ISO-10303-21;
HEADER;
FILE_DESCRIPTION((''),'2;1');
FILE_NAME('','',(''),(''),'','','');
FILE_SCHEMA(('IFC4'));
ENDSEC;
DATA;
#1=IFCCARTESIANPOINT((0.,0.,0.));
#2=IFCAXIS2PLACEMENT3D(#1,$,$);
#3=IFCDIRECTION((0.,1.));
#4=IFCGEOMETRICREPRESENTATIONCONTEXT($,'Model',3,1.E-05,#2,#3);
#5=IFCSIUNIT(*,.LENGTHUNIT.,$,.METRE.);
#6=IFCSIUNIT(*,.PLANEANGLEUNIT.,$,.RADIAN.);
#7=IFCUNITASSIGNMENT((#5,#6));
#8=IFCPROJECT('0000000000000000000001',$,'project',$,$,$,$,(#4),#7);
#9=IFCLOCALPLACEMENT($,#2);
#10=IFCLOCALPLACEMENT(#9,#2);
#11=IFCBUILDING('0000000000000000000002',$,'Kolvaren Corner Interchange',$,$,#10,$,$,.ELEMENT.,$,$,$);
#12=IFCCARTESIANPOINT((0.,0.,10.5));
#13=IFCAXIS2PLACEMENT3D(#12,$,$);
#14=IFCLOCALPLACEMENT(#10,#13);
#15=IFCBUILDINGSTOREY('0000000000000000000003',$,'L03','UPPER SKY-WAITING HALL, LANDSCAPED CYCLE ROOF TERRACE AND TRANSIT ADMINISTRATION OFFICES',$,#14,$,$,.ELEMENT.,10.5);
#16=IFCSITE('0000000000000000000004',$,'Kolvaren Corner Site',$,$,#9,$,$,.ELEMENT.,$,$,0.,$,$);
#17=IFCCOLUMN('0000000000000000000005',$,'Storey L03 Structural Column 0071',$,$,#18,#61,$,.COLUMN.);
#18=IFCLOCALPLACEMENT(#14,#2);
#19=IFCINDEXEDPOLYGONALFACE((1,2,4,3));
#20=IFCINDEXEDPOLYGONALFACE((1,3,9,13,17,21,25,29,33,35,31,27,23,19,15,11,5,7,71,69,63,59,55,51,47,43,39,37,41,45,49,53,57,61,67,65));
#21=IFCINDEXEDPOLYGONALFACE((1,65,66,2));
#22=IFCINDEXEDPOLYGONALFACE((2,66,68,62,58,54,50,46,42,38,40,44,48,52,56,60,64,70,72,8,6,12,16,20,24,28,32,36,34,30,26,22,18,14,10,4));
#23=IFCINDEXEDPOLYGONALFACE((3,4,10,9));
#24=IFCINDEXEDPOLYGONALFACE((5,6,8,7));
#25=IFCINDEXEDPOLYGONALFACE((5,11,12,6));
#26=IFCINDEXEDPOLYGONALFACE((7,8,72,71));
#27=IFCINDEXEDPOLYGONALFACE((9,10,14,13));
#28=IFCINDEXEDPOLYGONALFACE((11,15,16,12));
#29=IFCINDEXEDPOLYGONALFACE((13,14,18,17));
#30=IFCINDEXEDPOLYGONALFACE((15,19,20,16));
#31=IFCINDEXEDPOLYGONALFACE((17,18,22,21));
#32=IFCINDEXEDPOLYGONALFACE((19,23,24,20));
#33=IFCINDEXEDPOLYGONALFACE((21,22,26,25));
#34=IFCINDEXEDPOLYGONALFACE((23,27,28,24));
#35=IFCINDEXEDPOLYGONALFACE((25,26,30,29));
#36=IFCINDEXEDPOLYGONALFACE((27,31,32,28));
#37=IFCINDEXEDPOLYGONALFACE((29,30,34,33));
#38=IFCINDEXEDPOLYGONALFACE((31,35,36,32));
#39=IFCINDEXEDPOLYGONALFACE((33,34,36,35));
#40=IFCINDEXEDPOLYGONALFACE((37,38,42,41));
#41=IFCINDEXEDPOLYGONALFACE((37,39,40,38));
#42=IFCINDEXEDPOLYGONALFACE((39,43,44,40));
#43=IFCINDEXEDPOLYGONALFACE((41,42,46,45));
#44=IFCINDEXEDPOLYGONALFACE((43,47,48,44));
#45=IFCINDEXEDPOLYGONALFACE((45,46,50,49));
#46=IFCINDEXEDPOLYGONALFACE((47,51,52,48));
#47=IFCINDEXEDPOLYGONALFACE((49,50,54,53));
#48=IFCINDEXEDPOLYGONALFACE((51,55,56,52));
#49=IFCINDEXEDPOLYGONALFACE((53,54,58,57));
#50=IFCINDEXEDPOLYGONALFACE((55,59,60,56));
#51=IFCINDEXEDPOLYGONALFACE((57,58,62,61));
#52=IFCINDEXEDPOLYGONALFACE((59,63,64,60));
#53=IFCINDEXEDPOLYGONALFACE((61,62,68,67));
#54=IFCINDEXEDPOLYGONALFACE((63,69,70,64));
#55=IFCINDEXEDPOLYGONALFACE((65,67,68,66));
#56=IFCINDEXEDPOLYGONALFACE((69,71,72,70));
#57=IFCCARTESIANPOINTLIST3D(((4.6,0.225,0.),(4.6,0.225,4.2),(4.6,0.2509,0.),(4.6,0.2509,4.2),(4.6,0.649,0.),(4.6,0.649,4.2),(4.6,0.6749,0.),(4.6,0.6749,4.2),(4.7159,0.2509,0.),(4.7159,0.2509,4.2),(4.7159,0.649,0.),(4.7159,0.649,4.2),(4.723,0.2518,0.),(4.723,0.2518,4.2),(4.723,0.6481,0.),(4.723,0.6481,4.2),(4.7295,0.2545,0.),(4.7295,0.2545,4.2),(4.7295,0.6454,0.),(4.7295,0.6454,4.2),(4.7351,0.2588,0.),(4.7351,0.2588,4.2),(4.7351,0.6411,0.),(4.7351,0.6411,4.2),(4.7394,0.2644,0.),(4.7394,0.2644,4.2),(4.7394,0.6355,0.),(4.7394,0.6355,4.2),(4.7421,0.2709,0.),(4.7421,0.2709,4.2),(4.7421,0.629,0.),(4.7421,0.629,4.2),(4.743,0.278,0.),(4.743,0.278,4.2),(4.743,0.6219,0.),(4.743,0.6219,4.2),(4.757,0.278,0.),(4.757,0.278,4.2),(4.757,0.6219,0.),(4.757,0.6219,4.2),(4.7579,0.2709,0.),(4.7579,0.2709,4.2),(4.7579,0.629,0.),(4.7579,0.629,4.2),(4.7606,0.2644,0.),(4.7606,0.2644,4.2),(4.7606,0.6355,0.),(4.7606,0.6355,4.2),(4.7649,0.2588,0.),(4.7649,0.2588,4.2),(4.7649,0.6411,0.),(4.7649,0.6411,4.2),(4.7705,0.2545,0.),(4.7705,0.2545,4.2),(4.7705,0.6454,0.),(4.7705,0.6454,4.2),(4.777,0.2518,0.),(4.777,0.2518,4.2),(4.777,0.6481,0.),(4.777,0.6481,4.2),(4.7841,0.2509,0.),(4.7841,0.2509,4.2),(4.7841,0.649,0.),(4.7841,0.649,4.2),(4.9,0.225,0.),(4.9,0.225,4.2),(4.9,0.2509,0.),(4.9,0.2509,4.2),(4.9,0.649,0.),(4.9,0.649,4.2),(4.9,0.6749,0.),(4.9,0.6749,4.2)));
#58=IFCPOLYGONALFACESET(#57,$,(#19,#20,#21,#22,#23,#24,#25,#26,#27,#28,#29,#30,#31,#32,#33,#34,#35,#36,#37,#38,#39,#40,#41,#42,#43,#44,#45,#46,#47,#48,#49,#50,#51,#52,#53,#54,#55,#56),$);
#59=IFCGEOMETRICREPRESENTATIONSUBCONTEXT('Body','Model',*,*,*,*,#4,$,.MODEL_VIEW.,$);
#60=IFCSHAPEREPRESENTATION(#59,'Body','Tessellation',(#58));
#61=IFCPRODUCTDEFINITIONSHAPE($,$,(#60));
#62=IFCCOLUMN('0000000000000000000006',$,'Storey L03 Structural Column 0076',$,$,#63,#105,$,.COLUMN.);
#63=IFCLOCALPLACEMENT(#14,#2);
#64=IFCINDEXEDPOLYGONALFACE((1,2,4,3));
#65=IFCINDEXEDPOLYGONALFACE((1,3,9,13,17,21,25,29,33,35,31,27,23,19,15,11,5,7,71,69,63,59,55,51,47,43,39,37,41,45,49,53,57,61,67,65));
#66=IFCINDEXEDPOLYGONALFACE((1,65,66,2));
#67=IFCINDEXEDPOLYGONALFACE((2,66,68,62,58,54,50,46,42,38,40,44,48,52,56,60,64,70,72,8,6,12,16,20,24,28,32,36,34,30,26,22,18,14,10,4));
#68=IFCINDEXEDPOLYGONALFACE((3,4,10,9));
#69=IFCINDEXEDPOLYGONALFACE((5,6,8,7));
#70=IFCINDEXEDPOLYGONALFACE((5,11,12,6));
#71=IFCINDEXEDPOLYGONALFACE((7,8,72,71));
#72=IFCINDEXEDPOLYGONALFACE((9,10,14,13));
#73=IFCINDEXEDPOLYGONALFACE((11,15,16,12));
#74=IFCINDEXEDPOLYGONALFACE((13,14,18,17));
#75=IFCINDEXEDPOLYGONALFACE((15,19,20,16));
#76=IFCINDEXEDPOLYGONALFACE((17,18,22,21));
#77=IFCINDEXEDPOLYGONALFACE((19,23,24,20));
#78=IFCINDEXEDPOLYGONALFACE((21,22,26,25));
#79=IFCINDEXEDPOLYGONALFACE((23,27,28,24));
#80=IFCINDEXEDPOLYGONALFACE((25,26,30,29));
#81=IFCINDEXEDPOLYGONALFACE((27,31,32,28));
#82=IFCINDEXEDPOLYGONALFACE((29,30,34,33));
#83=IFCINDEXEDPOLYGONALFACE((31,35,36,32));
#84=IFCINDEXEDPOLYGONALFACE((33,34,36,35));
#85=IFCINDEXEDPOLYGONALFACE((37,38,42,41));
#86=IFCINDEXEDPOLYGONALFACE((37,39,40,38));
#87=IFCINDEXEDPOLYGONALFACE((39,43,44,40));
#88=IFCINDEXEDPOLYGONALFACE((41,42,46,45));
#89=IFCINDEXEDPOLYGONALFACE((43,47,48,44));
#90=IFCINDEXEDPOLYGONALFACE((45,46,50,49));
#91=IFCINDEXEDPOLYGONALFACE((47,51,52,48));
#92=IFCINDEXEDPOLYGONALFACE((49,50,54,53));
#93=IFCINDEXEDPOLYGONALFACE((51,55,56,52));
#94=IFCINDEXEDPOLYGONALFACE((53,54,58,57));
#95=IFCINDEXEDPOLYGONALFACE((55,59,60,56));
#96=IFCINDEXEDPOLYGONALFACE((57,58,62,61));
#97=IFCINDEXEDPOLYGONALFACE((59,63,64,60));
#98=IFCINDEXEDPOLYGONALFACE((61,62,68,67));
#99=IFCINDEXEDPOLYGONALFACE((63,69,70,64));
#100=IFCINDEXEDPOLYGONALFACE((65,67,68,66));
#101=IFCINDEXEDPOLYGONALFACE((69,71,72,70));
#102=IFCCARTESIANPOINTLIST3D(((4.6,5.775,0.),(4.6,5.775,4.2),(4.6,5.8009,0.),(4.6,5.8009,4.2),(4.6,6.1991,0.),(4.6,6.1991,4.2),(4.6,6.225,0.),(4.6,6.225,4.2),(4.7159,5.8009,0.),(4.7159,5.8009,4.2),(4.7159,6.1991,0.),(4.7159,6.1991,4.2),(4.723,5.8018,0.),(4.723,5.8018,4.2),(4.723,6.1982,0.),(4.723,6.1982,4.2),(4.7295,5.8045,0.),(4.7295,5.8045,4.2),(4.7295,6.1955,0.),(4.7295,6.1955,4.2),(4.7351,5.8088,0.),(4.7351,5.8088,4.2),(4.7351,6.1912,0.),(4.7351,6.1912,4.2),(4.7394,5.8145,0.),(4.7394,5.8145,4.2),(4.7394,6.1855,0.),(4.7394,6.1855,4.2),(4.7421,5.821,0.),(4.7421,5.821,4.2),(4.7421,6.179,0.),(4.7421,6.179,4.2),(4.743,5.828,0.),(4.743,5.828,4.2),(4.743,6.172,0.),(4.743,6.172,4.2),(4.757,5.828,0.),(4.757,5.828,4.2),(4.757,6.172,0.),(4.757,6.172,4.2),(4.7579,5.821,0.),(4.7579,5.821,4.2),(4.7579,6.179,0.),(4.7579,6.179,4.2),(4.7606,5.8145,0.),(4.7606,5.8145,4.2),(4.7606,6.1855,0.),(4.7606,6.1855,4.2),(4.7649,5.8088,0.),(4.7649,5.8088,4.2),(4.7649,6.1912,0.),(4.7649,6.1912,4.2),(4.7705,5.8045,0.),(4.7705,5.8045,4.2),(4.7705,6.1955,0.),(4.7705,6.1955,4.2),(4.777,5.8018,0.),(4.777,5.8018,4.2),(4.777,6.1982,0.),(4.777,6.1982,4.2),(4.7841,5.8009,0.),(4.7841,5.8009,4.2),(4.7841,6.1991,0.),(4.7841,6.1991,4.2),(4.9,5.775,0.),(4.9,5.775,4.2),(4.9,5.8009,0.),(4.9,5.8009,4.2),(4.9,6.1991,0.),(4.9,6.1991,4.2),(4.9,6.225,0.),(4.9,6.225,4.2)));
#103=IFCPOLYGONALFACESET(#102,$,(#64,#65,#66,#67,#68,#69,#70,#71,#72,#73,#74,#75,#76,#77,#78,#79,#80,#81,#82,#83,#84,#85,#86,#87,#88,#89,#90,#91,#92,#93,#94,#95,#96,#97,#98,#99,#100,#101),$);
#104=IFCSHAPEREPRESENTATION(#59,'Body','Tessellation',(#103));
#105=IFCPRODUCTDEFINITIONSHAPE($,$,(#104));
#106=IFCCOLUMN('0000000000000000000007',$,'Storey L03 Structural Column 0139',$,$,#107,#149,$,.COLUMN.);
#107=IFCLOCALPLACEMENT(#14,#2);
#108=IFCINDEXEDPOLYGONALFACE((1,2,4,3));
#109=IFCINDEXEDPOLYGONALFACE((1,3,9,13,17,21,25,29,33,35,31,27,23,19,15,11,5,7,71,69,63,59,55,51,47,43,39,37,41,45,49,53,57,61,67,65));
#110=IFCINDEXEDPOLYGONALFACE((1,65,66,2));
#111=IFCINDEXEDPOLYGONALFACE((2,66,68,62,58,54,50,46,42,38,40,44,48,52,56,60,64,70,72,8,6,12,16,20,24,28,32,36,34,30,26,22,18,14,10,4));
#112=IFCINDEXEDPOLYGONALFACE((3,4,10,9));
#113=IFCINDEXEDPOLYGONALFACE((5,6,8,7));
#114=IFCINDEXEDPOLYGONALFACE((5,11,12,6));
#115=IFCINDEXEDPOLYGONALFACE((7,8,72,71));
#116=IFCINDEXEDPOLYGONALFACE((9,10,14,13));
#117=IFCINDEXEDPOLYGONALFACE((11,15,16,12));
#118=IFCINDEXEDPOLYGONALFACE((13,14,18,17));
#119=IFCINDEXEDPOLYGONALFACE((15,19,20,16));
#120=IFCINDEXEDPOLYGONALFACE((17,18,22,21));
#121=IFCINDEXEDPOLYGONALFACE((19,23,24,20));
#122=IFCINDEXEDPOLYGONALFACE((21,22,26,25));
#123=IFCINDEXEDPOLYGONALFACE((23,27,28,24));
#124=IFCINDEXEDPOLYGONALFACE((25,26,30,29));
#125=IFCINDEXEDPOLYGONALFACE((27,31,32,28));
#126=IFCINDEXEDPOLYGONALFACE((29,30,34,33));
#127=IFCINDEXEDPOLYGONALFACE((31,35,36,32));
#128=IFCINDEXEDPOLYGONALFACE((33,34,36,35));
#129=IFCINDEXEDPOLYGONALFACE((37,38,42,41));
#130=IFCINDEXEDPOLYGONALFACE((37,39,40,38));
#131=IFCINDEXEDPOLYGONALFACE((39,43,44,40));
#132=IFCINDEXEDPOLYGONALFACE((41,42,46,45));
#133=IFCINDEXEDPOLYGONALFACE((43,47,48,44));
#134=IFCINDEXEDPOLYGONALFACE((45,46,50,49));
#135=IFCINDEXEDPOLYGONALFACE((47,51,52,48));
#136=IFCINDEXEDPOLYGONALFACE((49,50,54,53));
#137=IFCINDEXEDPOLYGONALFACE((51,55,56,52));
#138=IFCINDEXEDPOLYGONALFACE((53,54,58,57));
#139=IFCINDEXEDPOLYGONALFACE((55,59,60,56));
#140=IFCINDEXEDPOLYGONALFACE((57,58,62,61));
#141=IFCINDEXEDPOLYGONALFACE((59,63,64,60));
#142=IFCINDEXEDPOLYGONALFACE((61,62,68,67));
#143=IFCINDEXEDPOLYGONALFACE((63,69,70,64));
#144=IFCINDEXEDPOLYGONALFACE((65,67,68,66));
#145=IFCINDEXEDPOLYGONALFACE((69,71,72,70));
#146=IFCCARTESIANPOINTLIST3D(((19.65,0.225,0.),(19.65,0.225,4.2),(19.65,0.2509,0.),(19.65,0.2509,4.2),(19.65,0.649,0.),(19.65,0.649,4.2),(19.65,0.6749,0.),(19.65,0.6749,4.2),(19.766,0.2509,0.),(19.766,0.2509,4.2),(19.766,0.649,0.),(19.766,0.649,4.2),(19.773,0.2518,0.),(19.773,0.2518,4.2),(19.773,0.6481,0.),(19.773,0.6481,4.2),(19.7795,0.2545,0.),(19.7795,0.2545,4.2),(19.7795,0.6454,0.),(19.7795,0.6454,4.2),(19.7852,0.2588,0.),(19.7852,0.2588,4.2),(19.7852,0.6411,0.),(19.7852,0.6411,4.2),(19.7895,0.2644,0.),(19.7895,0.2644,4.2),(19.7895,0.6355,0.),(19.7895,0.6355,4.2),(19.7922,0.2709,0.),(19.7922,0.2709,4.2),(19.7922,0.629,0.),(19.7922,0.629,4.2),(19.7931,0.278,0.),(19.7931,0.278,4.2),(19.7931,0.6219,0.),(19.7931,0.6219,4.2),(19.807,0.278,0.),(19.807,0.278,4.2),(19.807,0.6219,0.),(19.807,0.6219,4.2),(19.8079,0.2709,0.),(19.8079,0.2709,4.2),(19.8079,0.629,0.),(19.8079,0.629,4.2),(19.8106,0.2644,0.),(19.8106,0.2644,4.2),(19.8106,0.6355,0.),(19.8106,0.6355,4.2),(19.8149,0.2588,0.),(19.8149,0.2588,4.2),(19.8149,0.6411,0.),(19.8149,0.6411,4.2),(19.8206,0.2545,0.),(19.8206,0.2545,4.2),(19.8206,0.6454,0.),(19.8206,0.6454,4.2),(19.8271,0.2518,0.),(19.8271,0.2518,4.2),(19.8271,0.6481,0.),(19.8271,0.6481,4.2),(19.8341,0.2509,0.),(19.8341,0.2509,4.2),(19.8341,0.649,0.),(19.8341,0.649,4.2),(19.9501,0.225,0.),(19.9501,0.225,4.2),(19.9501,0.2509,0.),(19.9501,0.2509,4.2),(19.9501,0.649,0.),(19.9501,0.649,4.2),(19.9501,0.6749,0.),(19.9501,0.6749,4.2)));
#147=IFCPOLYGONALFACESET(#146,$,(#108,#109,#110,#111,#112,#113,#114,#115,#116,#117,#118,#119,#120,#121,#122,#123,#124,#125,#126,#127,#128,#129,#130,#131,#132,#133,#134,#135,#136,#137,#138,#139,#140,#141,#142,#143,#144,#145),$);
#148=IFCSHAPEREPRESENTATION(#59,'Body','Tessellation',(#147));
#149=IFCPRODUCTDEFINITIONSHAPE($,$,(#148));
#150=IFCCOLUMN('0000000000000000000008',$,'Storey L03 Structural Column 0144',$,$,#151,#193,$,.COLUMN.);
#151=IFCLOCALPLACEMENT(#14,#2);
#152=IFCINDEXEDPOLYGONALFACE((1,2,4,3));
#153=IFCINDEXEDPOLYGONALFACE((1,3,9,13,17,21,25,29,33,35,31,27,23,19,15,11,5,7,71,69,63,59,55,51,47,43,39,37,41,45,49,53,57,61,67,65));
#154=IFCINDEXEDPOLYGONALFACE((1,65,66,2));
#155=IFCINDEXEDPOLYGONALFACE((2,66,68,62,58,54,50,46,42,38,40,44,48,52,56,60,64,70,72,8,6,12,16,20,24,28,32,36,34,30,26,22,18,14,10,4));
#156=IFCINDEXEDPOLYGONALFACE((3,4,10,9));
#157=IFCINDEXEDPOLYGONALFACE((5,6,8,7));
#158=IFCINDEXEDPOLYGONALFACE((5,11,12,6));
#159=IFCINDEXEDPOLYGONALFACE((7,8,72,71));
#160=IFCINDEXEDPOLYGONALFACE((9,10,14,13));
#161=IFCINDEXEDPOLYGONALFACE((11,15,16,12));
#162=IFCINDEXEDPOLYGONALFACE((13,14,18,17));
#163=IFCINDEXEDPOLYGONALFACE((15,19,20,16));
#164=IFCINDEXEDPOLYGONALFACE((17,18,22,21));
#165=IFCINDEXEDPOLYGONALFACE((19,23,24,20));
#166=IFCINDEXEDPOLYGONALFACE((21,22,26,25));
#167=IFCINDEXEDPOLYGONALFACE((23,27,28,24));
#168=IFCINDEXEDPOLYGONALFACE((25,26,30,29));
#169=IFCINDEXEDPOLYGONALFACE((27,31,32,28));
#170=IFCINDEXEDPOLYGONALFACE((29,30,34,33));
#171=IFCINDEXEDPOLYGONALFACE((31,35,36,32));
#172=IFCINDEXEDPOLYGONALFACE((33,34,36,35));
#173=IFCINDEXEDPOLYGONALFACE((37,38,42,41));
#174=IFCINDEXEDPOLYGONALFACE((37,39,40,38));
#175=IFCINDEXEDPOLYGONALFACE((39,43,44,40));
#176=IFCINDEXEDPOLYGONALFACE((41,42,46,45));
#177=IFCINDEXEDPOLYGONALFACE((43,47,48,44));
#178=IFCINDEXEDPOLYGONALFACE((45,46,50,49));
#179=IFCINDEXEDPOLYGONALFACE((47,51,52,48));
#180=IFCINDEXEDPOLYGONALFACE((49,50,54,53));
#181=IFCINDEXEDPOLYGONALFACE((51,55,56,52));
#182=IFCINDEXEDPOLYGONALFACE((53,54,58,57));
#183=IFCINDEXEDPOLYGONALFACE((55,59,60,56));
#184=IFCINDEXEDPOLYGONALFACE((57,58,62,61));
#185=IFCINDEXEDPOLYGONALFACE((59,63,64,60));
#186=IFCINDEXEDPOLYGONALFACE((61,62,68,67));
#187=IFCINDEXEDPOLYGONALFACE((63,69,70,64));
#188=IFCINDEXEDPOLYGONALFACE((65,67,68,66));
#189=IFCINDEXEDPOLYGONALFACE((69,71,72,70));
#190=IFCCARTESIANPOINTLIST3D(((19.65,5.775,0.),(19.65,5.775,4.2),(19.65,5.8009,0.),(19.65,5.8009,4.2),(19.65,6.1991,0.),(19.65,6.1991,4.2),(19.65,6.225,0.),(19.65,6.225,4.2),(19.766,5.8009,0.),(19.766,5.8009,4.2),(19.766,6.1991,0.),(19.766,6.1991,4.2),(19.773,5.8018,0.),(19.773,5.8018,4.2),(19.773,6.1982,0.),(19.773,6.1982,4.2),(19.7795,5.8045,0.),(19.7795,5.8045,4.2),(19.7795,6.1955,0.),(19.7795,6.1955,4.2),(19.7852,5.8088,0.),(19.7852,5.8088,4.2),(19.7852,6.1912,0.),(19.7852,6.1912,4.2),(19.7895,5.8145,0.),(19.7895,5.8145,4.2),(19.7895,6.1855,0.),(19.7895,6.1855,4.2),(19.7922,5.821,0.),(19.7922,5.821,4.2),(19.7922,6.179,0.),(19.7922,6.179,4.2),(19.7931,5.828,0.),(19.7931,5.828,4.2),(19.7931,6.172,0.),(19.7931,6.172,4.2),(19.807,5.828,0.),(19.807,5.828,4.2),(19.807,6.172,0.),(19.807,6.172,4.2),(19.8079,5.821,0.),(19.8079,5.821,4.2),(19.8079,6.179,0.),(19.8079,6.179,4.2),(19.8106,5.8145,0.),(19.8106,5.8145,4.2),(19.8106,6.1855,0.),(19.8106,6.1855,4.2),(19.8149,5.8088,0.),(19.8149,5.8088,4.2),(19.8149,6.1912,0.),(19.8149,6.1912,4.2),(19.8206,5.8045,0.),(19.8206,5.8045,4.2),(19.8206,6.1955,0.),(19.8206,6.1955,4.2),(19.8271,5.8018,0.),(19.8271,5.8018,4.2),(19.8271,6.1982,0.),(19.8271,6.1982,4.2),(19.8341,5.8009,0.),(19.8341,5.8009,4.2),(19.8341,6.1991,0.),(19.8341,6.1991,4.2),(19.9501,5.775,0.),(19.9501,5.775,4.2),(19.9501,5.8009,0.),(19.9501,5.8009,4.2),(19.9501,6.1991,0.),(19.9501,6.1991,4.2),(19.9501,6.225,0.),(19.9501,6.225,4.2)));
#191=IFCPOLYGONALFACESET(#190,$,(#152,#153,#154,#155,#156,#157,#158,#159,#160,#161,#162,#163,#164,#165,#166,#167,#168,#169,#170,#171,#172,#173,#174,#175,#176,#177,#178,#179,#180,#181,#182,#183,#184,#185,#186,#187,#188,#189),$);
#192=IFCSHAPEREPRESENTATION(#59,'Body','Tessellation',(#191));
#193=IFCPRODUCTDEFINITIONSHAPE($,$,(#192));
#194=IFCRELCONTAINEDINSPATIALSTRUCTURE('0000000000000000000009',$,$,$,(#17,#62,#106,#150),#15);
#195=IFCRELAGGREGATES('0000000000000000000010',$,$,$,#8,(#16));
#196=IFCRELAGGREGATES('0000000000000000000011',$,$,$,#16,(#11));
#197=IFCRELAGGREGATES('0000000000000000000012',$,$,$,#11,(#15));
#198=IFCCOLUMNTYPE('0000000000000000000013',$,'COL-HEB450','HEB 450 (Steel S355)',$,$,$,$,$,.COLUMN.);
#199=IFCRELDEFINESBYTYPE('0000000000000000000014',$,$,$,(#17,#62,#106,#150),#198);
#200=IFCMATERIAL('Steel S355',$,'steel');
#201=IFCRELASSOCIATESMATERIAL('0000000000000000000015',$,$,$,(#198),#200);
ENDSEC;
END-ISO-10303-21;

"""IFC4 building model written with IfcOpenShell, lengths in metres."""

from ifc_helpers import new_model, si_unit, direction, frame, origin, origin_2d, place, context, subcontext, project, spatial, i_section, extrude, material, material_profile, profile_set, type_object, element, save


model = new_model("IFC4")

# Units and contexts
model_context = context("Model", 3, precision=1e-05, world=origin(), true_north=direction((0.0, 1.0)))
body_context = subcontext(model_context, "Body", "Model", "MODEL_VIEW")
ifc_project = project(units=[si_unit("LENGTHUNIT", "METRE"), si_unit("PLANEANGLEUNIT", "RADIAN")], contexts=[model_context])

# Site, building, storey
site_placement = place(None, origin())
site = spatial("IfcSite", under=ifc_project, at=site_placement, Name="Kolvaren Corner Site", CompositionType="ELEMENT", RefElevation=0.0)
building_placement = place(site_placement, origin())
building = spatial("IfcBuilding", under=site, at=building_placement, Name="Kolvaren Corner Interchange", CompositionType="ELEMENT")
storey_placement = place(building_placement, frame((0.0, 0.0, 10.5)))
storey = spatial("IfcBuildingStorey", under=building, at=storey_placement, Name="L03", Description="UPPER SKY-WAITING HALL, LANDSCAPED CYCLE ROOF TERRACE AND TRANSIT ADMINISTRATION OFFICES", CompositionType="ELEMENT", Elevation=10.5)

# Columns
ifc_material_1 = material(Name="Steel S355", Category="steel")
ifc_material_profile_1 = material_profile(ifc_material_1, i_section(OverallWidth=0.3, OverallDepth=0.45, WebThickness=0.0139, FlangeThickness=0.0259, FilletRadius=0.0271, at=origin_2d()), Name="HEB 450")
ifc_profile_set_1 = profile_set([ifc_material_profile_1], Name="Steel S355")
column_type = type_object("IfcColumnType", Name="COL-HEB450", Description="HEB 450 (Steel S355)", PredefinedType="COLUMN", material=ifc_profile_set_1)
for number, where, z_axis, x_axis, name in (
    (1, (4.75, 0.45, 0.0), (0.0, 0.0, 1.0), (1.0, 0.0, 0.0), "Storey L03 Structural Column 0071"),
    (2, (4.75, 6.0, 0.0), (0.0, 0.0, 1.0), (1.0, 0.0, 0.0), "Storey L03 Structural Column 0076"),
    (3, (19.8, 0.45, 0.0), (0.0, 0.0, 1.0), (1.0, 0.0, 0.0), "Storey L03 Structural Column 0139"),
    (4, (19.8, 6.0, 0.0), (0.0, 0.0, 1.0), (1.0, 0.0, 0.0), "Storey L03 Structural Column 0144"),
):
    element("IfcColumn", number, at=place(storey_placement, frame(where, z_axis=z_axis, x_axis=x_axis)), inside=storey, type_object=column_type, Name=name, PredefinedType="COLUMN", context=body_context, shape_type="SweptSolid", body=[
        extrude(i_section(OverallWidth=0.3, OverallDepth=0.45, WebThickness=0.0139, FlangeThickness=0.0259, FilletRadius=0.0271, at=origin_2d()), origin(), (0.0, 0.0, 1.0), 4.2),
    ])

save(model, "model.ifc")
